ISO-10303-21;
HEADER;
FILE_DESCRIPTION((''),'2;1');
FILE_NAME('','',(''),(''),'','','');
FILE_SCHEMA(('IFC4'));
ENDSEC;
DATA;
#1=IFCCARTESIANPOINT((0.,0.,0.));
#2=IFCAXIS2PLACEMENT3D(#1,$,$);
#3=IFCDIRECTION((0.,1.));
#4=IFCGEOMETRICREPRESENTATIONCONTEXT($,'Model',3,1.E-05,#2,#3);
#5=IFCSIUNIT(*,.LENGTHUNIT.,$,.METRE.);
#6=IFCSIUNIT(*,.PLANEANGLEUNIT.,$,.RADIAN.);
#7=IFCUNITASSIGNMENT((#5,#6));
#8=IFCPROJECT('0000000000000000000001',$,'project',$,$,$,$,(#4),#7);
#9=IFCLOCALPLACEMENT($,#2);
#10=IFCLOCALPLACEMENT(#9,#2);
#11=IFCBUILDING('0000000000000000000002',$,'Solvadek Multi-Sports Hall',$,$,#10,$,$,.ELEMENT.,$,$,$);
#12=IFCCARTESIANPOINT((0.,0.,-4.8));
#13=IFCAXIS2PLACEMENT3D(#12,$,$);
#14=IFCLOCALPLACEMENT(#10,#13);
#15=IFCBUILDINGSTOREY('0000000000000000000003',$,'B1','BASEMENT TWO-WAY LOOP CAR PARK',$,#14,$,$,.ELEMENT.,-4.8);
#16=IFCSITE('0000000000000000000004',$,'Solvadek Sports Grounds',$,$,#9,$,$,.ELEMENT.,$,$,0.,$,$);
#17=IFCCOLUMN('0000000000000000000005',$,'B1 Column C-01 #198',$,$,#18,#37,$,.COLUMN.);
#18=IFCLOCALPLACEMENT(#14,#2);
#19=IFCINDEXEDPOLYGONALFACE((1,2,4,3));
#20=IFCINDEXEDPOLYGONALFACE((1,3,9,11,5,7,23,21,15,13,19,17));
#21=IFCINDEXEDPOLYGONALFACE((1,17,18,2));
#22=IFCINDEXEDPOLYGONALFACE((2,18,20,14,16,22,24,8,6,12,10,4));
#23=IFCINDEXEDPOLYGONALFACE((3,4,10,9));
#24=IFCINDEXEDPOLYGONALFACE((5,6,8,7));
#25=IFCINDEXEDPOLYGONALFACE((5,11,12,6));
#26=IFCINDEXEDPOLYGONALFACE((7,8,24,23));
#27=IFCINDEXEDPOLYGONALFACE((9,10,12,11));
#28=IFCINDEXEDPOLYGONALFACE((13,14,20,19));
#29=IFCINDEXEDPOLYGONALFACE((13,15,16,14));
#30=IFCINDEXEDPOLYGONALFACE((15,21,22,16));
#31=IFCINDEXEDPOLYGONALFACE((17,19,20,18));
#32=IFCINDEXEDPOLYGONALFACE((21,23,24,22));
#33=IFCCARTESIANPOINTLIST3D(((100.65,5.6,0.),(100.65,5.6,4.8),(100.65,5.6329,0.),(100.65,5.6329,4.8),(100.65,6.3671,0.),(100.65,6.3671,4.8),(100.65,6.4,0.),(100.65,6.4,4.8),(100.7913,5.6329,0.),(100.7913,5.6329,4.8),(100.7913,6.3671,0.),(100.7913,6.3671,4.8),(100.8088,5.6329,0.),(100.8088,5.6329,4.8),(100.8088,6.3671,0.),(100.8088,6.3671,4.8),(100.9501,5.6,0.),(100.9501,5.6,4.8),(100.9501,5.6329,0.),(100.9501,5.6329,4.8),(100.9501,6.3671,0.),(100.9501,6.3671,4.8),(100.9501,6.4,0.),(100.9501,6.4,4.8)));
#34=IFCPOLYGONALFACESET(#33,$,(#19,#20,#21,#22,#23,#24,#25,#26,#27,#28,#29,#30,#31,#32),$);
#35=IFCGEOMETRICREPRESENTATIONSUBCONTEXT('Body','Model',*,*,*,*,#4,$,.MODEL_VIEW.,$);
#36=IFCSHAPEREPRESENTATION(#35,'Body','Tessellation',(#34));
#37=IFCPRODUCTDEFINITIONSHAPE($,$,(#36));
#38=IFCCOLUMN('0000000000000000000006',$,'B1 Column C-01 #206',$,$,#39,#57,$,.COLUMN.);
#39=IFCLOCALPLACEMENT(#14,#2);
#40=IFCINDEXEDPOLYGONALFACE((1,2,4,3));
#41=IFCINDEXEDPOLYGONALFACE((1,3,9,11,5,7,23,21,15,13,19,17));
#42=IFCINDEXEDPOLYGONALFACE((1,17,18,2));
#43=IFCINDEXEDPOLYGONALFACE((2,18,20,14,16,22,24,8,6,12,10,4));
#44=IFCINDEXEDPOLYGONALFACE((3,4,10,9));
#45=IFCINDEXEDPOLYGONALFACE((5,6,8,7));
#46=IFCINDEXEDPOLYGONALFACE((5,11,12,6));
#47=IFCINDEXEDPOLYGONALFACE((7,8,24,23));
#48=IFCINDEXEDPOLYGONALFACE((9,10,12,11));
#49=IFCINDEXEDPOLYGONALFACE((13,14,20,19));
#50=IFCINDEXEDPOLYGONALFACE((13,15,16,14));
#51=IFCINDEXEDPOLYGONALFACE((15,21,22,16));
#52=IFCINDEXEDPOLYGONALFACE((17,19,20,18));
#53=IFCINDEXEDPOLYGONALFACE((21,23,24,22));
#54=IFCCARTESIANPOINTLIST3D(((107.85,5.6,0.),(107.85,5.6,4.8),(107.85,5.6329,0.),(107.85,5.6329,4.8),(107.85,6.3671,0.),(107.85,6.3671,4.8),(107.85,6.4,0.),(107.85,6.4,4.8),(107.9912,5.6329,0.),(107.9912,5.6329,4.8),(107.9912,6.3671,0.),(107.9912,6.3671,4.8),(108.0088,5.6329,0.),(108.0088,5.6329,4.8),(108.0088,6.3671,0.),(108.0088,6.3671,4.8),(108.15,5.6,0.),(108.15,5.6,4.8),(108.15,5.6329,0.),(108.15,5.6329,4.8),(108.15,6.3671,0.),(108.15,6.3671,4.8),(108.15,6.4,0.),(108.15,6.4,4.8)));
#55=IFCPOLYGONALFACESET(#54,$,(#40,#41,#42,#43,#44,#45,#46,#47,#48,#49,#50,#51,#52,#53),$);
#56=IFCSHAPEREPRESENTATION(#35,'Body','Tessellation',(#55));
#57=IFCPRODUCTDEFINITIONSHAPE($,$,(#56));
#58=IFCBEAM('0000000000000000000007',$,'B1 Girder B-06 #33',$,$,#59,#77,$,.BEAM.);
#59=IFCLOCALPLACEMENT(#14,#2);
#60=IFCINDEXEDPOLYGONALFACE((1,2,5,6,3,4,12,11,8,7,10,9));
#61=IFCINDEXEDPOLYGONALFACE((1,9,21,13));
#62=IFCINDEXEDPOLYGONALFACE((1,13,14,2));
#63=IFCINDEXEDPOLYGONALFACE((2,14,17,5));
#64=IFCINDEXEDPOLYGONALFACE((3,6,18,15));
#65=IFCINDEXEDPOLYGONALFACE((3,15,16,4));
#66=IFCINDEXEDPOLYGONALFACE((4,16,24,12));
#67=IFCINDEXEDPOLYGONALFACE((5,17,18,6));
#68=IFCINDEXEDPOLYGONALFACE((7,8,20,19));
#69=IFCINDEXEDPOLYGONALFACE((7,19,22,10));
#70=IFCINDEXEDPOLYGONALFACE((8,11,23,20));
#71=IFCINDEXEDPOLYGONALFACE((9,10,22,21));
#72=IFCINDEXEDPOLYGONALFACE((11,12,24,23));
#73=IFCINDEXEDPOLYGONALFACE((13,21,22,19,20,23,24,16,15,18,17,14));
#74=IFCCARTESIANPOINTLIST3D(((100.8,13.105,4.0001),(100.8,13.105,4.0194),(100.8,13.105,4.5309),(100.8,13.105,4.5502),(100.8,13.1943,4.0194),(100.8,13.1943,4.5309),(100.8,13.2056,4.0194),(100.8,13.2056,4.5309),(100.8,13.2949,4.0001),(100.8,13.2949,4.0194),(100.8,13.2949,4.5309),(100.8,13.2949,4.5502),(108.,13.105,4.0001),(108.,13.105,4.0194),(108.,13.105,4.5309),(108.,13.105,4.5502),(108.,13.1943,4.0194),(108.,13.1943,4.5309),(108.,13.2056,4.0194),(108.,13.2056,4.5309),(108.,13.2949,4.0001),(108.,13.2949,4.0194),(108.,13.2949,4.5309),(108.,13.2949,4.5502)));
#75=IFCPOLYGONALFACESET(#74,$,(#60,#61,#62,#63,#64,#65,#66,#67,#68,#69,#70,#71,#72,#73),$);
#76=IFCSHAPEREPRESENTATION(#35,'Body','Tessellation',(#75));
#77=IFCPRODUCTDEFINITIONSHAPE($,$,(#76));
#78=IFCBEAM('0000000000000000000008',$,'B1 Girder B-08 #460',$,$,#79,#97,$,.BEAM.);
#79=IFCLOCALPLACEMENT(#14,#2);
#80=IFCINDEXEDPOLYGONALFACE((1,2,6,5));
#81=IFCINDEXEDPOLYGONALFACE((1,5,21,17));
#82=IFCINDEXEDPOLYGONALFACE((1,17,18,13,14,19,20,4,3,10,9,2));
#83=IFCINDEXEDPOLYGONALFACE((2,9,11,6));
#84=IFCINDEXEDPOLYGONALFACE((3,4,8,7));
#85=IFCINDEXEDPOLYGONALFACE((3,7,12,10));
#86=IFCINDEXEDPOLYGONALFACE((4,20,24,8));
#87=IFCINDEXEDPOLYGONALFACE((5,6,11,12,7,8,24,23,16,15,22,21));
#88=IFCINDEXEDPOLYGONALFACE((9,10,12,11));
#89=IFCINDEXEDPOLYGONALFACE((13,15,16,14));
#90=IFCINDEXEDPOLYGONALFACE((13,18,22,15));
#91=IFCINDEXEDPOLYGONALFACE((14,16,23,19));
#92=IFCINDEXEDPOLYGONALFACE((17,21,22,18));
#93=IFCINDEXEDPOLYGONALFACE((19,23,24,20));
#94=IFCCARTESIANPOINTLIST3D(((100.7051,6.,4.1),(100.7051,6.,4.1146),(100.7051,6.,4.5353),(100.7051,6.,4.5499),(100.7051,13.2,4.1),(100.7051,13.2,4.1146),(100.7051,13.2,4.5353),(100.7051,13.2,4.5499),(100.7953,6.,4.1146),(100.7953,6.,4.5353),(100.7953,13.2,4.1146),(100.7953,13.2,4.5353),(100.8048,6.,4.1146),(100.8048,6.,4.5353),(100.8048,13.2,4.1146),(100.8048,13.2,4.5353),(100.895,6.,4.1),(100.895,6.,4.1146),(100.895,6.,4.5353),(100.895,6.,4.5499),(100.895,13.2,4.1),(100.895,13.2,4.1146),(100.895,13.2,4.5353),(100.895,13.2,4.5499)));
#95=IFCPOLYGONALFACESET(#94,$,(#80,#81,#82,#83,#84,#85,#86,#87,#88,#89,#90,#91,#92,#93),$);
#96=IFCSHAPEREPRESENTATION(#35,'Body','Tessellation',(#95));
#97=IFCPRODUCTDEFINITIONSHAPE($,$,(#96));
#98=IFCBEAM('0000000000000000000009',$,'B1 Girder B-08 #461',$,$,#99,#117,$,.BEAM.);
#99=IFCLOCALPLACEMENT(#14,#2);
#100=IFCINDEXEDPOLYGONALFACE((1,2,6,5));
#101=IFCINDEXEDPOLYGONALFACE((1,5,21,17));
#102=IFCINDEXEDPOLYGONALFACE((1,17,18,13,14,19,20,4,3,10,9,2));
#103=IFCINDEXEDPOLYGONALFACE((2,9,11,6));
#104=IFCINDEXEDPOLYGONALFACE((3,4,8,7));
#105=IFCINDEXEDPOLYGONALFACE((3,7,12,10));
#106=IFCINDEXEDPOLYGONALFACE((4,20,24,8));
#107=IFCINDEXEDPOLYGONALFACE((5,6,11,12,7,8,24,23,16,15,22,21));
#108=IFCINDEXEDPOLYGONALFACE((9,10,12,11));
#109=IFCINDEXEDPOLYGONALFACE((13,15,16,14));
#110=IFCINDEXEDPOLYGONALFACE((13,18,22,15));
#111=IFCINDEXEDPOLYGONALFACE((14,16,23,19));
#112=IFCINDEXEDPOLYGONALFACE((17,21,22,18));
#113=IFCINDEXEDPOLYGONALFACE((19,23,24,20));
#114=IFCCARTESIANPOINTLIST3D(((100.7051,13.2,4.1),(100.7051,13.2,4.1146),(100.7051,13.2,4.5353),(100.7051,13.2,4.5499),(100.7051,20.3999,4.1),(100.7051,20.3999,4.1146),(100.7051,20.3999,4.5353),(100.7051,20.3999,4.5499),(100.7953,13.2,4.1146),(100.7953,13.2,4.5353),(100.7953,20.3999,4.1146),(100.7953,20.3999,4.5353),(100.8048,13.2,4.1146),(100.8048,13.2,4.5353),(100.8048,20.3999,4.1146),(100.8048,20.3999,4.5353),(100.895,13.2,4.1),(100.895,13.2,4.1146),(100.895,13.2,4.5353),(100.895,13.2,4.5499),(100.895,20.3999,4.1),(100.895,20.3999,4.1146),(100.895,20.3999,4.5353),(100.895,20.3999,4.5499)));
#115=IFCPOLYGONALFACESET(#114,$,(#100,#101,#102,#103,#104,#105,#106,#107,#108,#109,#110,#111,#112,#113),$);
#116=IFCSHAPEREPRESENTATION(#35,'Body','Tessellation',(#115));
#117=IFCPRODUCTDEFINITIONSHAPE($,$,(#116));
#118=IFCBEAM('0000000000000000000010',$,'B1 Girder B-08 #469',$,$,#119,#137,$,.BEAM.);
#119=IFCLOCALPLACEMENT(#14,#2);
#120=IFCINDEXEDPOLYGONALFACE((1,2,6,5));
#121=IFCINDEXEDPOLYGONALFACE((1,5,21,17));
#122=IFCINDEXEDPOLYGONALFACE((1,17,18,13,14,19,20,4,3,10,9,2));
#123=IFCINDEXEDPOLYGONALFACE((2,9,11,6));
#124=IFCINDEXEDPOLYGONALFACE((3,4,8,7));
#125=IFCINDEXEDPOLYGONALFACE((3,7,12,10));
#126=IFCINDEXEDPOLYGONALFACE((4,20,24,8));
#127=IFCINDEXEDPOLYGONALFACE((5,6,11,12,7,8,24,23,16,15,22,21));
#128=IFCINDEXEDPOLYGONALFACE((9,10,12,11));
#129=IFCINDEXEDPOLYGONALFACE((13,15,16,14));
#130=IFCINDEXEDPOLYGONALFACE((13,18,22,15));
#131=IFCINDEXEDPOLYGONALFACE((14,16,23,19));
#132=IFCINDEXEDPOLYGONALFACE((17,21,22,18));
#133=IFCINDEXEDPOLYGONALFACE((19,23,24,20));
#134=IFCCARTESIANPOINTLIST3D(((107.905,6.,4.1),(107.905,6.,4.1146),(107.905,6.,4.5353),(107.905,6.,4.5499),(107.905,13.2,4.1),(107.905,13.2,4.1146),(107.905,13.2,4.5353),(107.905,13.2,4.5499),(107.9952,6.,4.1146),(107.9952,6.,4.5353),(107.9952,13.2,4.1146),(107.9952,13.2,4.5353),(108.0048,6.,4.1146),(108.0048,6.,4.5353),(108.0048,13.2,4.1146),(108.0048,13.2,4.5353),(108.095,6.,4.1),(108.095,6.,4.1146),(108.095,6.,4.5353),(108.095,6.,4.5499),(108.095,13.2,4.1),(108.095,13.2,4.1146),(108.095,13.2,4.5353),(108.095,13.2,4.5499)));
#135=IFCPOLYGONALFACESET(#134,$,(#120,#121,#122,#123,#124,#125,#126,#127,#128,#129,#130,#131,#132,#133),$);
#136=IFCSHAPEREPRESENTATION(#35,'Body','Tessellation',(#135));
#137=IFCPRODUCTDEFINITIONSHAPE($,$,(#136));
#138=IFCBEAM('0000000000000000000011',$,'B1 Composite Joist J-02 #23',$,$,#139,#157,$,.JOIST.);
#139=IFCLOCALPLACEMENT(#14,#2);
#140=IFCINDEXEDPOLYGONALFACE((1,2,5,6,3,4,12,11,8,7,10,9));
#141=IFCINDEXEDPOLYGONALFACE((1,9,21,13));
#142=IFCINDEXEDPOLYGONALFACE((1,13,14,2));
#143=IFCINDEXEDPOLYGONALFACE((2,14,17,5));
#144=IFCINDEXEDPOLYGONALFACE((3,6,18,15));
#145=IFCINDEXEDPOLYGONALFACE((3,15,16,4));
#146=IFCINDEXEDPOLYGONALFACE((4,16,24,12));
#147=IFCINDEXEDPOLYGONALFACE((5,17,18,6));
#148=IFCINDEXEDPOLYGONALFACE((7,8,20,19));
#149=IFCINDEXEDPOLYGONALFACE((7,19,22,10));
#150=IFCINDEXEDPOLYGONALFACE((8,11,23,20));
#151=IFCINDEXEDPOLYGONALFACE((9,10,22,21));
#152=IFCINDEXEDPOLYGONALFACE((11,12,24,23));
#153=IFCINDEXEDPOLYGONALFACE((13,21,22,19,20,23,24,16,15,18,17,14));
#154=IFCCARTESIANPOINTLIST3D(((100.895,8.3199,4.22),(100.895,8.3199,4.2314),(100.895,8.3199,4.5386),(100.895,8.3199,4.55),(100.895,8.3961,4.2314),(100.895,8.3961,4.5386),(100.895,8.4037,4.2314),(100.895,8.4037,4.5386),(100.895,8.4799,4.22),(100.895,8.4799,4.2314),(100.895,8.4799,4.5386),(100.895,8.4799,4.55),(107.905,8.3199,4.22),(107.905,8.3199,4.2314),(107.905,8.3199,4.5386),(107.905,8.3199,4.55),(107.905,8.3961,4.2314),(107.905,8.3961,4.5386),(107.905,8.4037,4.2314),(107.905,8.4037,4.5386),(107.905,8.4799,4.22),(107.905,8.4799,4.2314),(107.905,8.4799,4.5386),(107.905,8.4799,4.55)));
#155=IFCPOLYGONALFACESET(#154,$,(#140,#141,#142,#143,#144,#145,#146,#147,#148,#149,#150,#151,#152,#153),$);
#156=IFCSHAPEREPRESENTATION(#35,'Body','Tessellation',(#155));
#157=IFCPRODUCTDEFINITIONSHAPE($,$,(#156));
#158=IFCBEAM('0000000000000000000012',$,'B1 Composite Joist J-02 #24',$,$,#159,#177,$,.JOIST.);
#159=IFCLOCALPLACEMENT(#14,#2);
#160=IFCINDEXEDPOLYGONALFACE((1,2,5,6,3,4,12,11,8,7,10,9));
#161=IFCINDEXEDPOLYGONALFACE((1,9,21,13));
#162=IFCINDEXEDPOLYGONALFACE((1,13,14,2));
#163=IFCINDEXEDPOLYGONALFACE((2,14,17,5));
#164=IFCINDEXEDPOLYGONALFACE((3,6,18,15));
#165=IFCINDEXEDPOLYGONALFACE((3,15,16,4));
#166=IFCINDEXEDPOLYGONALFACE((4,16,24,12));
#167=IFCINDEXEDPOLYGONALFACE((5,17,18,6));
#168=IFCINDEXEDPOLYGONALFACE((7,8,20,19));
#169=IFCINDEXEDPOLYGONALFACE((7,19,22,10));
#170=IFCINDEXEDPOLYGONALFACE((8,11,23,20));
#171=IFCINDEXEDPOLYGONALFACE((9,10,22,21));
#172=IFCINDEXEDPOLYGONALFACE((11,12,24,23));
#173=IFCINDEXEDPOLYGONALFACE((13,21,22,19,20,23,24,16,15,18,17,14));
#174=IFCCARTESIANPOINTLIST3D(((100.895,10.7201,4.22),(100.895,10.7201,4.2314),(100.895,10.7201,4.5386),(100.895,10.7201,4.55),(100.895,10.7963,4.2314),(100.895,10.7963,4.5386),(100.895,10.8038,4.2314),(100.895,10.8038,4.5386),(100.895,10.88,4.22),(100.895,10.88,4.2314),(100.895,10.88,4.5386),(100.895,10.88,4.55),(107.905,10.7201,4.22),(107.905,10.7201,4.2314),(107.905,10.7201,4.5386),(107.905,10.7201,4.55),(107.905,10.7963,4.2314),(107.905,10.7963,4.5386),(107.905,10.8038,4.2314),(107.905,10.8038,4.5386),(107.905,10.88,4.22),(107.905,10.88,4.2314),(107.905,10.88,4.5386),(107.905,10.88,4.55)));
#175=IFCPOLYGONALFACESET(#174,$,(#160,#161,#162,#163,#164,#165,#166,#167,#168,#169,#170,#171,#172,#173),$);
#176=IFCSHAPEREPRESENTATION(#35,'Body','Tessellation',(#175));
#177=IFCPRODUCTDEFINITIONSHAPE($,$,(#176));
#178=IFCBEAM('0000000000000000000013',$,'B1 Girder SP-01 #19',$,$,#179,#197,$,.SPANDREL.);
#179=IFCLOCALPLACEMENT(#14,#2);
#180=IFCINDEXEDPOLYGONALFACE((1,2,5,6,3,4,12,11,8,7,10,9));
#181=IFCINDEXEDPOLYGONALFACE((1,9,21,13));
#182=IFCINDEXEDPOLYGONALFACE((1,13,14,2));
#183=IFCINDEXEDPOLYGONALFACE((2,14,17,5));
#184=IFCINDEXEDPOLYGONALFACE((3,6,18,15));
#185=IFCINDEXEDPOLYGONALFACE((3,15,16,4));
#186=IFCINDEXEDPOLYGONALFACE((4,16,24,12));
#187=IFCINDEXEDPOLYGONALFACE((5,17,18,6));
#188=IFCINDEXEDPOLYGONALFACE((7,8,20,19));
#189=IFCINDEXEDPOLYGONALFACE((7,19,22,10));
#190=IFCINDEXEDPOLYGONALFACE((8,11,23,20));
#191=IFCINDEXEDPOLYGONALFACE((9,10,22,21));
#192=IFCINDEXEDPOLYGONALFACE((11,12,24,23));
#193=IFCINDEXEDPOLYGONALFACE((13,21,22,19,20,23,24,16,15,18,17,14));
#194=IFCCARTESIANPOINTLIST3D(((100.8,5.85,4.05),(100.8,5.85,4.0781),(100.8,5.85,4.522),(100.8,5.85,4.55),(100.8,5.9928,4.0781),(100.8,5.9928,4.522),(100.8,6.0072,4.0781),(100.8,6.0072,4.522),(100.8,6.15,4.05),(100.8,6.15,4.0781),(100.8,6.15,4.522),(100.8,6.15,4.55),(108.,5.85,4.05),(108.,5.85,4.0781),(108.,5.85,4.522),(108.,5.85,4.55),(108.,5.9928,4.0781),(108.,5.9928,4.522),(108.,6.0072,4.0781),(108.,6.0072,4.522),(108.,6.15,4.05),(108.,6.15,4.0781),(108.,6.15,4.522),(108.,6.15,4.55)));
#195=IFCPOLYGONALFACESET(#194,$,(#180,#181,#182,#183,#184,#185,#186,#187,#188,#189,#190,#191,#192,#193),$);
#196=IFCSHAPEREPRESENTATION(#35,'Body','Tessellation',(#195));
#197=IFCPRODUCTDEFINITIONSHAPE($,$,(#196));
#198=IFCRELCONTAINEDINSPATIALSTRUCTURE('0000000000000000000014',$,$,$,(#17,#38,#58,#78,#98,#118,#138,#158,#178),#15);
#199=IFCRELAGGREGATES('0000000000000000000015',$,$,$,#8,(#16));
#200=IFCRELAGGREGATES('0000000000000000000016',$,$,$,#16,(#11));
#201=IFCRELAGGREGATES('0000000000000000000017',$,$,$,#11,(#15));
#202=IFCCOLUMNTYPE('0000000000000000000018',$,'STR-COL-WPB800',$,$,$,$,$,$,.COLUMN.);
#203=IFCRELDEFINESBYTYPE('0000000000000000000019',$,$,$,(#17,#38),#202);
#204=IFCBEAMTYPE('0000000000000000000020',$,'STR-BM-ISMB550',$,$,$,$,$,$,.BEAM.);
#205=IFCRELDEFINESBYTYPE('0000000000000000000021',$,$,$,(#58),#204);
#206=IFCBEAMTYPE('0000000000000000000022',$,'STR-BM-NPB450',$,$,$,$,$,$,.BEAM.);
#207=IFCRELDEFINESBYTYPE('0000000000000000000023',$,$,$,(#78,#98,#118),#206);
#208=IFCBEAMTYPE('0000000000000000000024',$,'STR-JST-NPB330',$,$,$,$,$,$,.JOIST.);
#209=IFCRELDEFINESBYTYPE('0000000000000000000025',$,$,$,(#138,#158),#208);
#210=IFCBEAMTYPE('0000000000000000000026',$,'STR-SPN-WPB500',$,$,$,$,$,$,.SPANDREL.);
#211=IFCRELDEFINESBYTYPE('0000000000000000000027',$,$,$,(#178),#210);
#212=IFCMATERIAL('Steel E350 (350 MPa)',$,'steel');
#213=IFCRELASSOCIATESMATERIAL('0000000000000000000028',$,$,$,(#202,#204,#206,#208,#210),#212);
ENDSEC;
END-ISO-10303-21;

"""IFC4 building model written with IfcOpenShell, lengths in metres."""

from ifc_helpers import new_model, si_unit, direction, frame, origin, origin_2d, place, context, subcontext, project, spatial, i_section, extrude, material, material_profile, profile_set, type_object, element, save


model = new_model("IFC4")

# Units and contexts
model_context = context("Model", 3, precision=1e-05, world=origin(), true_north=direction((0.0, 1.0)))
body_context = subcontext(model_context, "Body", "Model", "MODEL_VIEW")
ifc_project = project(units=[si_unit("LENGTHUNIT", "METRE"), si_unit("PLANEANGLEUNIT", "RADIAN")], contexts=[model_context])

# Site, building, storey
site_placement = place(None, origin())
site = spatial("IfcSite", under=ifc_project, at=site_placement, Name="Solvadek Sports Grounds", CompositionType="ELEMENT", RefElevation=0.0)
building_placement = place(site_placement, origin())
building = spatial("IfcBuilding", under=site, at=building_placement, Name="Solvadek Multi-Sports Hall", CompositionType="ELEMENT")
storey_placement = place(building_placement, frame((0.0, 0.0, -4.8)))
storey = spatial("IfcBuildingStorey", under=building, at=storey_placement, Name="B1", Description="BASEMENT TWO-WAY LOOP CAR PARK", CompositionType="ELEMENT", Elevation=-4.8)

# Columns
ifc_material_1 = material(Name="Steel E350 (350 MPa)", Category="steel")
ifc_material_profile_1 = material_profile(ifc_material_1, i_section(OverallWidth=0.3, OverallDepth=0.8, WebThickness=0.0176, FlangeThickness=0.033, at=origin_2d()), Name="WPB 800")
ifc_profile_set_1 = profile_set([ifc_material_profile_1], Name="Steel E350 (350 MPa)")
column_type_1 = type_object("IfcColumnType", Name="STR-COL-WPB800", PredefinedType="COLUMN", material=ifc_profile_set_1)
for number, where, z_axis, x_axis, name in (
    (1, (100.8, 6.0, 0.0), (0.0, 0.0, 1.0), (1.0, 0.0, 0.0), "B1 Column C-01 #198"),
    (2, (108.0, 6.0, 0.0), (0.0, 0.0, 1.0), (1.0, 0.0, 0.0), "B1 Column C-01 #206"),
):
    element("IfcColumn", number, at=place(storey_placement, frame(where, z_axis=z_axis, x_axis=x_axis)), inside=storey, type_object=column_type_1, Name=name, PredefinedType="COLUMN", context=body_context, shape_type="SweptSolid", body=[
        extrude(i_section(OverallWidth=0.3, OverallDepth=0.8, WebThickness=0.0176, FlangeThickness=0.033, at=origin_2d()), origin(), (0.0, 0.0, 1.0), 4.8),
    ])

# Beams
ifc_material_profile_2 = material_profile(ifc_material_1, i_section(OverallWidth=0.1899, OverallDepth=0.55, WebThickness=0.0112, FlangeThickness=0.0193, at=origin_2d()), Name="ISMB 550")
ifc_profile_set_2 = profile_set([ifc_material_profile_2], Name="Steel E350 (350 MPa)")
beam_type_1 = type_object("IfcBeamType", Name="STR-BM-ISMB550", PredefinedType="BEAM", material=ifc_profile_set_2)
beam_placement = place(storey_placement, frame((100.8, 13.2, 4.2751), z_axis=(1.0, 0.0, 0.0), x_axis=(0.0, 1.0, 0.0)))
element("IfcBeam", 3, at=beam_placement, inside=storey, type_object=beam_type_1, Name="B1 Girder B-06 #33", PredefinedType="BEAM", context=body_context, shape_type="SweptSolid", body=[
    extrude(i_section(OverallWidth=0.1899, OverallDepth=0.55, WebThickness=0.0112, FlangeThickness=0.0193, at=origin_2d()), origin(), (0.0, 0.0, 1.0), 7.2),
])
ifc_material_profile_3 = material_profile(ifc_material_1, i_section(OverallWidth=0.1899, OverallDepth=0.45, WebThickness=0.0095, FlangeThickness=0.0146, at=origin_2d()), Name="NPB 450")
ifc_profile_set_3 = profile_set([ifc_material_profile_3], Name="Steel E350 (350 MPa)")
beam_type_2 = type_object("IfcBeamType", Name="STR-BM-NPB450", PredefinedType="BEAM", material=ifc_profile_set_3)
for number, where, z_axis, x_axis, name in (
    (4, (100.8, 6.0, 4.325), (0.0, 1.0, 0.0), (-1.0, 0.0, 0.0), "B1 Girder B-08 #460"),
    (5, (100.8, 13.2, 4.325), (0.0, 1.0, 0.0), (-1.0, 0.0, 0.0), "B1 Girder B-08 #461"),
    (6, (108.0, 6.0, 4.325), (0.0, 1.0, 0.0), (-1.0, 0.0, 0.0), "B1 Girder B-08 #469"),
):
    element("IfcBeam", number, at=place(storey_placement, frame(where, z_axis=z_axis, x_axis=x_axis)), inside=storey, type_object=beam_type_2, Name=name, PredefinedType="BEAM", context=body_context, shape_type="SweptSolid", body=[
        extrude(i_section(OverallWidth=0.1899, OverallDepth=0.45, WebThickness=0.0095, FlangeThickness=0.0146, at=origin_2d()), origin(), (0.0, 0.0, 1.0), 7.2),
    ])
ifc_material_profile_4 = material_profile(ifc_material_1, i_section(OverallWidth=0.1599, OverallDepth=0.3301, WebThickness=0.0076, FlangeThickness=0.0115, at=origin_2d()), Name="NPB 330")
ifc_profile_set_4 = profile_set([ifc_material_profile_4], Name="Steel E350 (350 MPa)")
beam_type_3 = type_object("IfcBeamType", Name="STR-JST-NPB330", PredefinedType="JOIST", material=ifc_profile_set_4)
for number, where, z_axis, x_axis, name in (
    (7, (100.895, 8.3999, 4.385), (1.0, 0.0, 0.0), (0.0, 1.0, 0.0), "B1 Composite Joist J-02 #23"),
    (8, (100.895, 10.8, 4.385), (1.0, 0.0, 0.0), (0.0, 1.0, 0.0), "B1 Composite Joist J-02 #24"),
):
    element("IfcBeam", number, at=place(storey_placement, frame(where, z_axis=z_axis, x_axis=x_axis)), inside=storey, type_object=beam_type_3, Name=name, PredefinedType="JOIST", context=body_context, shape_type="SweptSolid", body=[
        extrude(i_section(OverallWidth=0.1599, OverallDepth=0.3301, WebThickness=0.0076, FlangeThickness=0.0115, at=origin_2d()), origin(), (0.0, 0.0, 1.0), 7.01),
    ])
ifc_material_profile_5 = material_profile(ifc_material_1, i_section(OverallWidth=0.3, OverallDepth=0.5, WebThickness=0.0144, FlangeThickness=0.0281, at=origin_2d()), Name="WPB 500")
ifc_profile_set_5 = profile_set([ifc_material_profile_5], Name="Steel E350 (350 MPa)")
beam_type_4 = type_object("IfcBeamType", Name="STR-SPN-WPB500", PredefinedType="SPANDREL", material=ifc_profile_set_5)
for number, where, z_axis, x_axis, name in (
    (9, (100.8, 6.0, 4.3), (1.0, 0.0, 0.0), (0.0, 1.0, 0.0), "B1 Girder SP-01 #19"),
):
    element("IfcBeam", number, at=place(storey_placement, frame(where, z_axis=z_axis, x_axis=x_axis)), inside=storey, type_object=beam_type_4, Name=name, PredefinedType="SPANDREL", context=body_context, shape_type="SweptSolid", body=[
        extrude(i_section(OverallWidth=0.3, OverallDepth=0.5, WebThickness=0.0144, FlangeThickness=0.0281, at=origin_2d()), origin(), (0.0, 0.0, 1.0), 7.2),
    ])

save(model, "model.ifc")
